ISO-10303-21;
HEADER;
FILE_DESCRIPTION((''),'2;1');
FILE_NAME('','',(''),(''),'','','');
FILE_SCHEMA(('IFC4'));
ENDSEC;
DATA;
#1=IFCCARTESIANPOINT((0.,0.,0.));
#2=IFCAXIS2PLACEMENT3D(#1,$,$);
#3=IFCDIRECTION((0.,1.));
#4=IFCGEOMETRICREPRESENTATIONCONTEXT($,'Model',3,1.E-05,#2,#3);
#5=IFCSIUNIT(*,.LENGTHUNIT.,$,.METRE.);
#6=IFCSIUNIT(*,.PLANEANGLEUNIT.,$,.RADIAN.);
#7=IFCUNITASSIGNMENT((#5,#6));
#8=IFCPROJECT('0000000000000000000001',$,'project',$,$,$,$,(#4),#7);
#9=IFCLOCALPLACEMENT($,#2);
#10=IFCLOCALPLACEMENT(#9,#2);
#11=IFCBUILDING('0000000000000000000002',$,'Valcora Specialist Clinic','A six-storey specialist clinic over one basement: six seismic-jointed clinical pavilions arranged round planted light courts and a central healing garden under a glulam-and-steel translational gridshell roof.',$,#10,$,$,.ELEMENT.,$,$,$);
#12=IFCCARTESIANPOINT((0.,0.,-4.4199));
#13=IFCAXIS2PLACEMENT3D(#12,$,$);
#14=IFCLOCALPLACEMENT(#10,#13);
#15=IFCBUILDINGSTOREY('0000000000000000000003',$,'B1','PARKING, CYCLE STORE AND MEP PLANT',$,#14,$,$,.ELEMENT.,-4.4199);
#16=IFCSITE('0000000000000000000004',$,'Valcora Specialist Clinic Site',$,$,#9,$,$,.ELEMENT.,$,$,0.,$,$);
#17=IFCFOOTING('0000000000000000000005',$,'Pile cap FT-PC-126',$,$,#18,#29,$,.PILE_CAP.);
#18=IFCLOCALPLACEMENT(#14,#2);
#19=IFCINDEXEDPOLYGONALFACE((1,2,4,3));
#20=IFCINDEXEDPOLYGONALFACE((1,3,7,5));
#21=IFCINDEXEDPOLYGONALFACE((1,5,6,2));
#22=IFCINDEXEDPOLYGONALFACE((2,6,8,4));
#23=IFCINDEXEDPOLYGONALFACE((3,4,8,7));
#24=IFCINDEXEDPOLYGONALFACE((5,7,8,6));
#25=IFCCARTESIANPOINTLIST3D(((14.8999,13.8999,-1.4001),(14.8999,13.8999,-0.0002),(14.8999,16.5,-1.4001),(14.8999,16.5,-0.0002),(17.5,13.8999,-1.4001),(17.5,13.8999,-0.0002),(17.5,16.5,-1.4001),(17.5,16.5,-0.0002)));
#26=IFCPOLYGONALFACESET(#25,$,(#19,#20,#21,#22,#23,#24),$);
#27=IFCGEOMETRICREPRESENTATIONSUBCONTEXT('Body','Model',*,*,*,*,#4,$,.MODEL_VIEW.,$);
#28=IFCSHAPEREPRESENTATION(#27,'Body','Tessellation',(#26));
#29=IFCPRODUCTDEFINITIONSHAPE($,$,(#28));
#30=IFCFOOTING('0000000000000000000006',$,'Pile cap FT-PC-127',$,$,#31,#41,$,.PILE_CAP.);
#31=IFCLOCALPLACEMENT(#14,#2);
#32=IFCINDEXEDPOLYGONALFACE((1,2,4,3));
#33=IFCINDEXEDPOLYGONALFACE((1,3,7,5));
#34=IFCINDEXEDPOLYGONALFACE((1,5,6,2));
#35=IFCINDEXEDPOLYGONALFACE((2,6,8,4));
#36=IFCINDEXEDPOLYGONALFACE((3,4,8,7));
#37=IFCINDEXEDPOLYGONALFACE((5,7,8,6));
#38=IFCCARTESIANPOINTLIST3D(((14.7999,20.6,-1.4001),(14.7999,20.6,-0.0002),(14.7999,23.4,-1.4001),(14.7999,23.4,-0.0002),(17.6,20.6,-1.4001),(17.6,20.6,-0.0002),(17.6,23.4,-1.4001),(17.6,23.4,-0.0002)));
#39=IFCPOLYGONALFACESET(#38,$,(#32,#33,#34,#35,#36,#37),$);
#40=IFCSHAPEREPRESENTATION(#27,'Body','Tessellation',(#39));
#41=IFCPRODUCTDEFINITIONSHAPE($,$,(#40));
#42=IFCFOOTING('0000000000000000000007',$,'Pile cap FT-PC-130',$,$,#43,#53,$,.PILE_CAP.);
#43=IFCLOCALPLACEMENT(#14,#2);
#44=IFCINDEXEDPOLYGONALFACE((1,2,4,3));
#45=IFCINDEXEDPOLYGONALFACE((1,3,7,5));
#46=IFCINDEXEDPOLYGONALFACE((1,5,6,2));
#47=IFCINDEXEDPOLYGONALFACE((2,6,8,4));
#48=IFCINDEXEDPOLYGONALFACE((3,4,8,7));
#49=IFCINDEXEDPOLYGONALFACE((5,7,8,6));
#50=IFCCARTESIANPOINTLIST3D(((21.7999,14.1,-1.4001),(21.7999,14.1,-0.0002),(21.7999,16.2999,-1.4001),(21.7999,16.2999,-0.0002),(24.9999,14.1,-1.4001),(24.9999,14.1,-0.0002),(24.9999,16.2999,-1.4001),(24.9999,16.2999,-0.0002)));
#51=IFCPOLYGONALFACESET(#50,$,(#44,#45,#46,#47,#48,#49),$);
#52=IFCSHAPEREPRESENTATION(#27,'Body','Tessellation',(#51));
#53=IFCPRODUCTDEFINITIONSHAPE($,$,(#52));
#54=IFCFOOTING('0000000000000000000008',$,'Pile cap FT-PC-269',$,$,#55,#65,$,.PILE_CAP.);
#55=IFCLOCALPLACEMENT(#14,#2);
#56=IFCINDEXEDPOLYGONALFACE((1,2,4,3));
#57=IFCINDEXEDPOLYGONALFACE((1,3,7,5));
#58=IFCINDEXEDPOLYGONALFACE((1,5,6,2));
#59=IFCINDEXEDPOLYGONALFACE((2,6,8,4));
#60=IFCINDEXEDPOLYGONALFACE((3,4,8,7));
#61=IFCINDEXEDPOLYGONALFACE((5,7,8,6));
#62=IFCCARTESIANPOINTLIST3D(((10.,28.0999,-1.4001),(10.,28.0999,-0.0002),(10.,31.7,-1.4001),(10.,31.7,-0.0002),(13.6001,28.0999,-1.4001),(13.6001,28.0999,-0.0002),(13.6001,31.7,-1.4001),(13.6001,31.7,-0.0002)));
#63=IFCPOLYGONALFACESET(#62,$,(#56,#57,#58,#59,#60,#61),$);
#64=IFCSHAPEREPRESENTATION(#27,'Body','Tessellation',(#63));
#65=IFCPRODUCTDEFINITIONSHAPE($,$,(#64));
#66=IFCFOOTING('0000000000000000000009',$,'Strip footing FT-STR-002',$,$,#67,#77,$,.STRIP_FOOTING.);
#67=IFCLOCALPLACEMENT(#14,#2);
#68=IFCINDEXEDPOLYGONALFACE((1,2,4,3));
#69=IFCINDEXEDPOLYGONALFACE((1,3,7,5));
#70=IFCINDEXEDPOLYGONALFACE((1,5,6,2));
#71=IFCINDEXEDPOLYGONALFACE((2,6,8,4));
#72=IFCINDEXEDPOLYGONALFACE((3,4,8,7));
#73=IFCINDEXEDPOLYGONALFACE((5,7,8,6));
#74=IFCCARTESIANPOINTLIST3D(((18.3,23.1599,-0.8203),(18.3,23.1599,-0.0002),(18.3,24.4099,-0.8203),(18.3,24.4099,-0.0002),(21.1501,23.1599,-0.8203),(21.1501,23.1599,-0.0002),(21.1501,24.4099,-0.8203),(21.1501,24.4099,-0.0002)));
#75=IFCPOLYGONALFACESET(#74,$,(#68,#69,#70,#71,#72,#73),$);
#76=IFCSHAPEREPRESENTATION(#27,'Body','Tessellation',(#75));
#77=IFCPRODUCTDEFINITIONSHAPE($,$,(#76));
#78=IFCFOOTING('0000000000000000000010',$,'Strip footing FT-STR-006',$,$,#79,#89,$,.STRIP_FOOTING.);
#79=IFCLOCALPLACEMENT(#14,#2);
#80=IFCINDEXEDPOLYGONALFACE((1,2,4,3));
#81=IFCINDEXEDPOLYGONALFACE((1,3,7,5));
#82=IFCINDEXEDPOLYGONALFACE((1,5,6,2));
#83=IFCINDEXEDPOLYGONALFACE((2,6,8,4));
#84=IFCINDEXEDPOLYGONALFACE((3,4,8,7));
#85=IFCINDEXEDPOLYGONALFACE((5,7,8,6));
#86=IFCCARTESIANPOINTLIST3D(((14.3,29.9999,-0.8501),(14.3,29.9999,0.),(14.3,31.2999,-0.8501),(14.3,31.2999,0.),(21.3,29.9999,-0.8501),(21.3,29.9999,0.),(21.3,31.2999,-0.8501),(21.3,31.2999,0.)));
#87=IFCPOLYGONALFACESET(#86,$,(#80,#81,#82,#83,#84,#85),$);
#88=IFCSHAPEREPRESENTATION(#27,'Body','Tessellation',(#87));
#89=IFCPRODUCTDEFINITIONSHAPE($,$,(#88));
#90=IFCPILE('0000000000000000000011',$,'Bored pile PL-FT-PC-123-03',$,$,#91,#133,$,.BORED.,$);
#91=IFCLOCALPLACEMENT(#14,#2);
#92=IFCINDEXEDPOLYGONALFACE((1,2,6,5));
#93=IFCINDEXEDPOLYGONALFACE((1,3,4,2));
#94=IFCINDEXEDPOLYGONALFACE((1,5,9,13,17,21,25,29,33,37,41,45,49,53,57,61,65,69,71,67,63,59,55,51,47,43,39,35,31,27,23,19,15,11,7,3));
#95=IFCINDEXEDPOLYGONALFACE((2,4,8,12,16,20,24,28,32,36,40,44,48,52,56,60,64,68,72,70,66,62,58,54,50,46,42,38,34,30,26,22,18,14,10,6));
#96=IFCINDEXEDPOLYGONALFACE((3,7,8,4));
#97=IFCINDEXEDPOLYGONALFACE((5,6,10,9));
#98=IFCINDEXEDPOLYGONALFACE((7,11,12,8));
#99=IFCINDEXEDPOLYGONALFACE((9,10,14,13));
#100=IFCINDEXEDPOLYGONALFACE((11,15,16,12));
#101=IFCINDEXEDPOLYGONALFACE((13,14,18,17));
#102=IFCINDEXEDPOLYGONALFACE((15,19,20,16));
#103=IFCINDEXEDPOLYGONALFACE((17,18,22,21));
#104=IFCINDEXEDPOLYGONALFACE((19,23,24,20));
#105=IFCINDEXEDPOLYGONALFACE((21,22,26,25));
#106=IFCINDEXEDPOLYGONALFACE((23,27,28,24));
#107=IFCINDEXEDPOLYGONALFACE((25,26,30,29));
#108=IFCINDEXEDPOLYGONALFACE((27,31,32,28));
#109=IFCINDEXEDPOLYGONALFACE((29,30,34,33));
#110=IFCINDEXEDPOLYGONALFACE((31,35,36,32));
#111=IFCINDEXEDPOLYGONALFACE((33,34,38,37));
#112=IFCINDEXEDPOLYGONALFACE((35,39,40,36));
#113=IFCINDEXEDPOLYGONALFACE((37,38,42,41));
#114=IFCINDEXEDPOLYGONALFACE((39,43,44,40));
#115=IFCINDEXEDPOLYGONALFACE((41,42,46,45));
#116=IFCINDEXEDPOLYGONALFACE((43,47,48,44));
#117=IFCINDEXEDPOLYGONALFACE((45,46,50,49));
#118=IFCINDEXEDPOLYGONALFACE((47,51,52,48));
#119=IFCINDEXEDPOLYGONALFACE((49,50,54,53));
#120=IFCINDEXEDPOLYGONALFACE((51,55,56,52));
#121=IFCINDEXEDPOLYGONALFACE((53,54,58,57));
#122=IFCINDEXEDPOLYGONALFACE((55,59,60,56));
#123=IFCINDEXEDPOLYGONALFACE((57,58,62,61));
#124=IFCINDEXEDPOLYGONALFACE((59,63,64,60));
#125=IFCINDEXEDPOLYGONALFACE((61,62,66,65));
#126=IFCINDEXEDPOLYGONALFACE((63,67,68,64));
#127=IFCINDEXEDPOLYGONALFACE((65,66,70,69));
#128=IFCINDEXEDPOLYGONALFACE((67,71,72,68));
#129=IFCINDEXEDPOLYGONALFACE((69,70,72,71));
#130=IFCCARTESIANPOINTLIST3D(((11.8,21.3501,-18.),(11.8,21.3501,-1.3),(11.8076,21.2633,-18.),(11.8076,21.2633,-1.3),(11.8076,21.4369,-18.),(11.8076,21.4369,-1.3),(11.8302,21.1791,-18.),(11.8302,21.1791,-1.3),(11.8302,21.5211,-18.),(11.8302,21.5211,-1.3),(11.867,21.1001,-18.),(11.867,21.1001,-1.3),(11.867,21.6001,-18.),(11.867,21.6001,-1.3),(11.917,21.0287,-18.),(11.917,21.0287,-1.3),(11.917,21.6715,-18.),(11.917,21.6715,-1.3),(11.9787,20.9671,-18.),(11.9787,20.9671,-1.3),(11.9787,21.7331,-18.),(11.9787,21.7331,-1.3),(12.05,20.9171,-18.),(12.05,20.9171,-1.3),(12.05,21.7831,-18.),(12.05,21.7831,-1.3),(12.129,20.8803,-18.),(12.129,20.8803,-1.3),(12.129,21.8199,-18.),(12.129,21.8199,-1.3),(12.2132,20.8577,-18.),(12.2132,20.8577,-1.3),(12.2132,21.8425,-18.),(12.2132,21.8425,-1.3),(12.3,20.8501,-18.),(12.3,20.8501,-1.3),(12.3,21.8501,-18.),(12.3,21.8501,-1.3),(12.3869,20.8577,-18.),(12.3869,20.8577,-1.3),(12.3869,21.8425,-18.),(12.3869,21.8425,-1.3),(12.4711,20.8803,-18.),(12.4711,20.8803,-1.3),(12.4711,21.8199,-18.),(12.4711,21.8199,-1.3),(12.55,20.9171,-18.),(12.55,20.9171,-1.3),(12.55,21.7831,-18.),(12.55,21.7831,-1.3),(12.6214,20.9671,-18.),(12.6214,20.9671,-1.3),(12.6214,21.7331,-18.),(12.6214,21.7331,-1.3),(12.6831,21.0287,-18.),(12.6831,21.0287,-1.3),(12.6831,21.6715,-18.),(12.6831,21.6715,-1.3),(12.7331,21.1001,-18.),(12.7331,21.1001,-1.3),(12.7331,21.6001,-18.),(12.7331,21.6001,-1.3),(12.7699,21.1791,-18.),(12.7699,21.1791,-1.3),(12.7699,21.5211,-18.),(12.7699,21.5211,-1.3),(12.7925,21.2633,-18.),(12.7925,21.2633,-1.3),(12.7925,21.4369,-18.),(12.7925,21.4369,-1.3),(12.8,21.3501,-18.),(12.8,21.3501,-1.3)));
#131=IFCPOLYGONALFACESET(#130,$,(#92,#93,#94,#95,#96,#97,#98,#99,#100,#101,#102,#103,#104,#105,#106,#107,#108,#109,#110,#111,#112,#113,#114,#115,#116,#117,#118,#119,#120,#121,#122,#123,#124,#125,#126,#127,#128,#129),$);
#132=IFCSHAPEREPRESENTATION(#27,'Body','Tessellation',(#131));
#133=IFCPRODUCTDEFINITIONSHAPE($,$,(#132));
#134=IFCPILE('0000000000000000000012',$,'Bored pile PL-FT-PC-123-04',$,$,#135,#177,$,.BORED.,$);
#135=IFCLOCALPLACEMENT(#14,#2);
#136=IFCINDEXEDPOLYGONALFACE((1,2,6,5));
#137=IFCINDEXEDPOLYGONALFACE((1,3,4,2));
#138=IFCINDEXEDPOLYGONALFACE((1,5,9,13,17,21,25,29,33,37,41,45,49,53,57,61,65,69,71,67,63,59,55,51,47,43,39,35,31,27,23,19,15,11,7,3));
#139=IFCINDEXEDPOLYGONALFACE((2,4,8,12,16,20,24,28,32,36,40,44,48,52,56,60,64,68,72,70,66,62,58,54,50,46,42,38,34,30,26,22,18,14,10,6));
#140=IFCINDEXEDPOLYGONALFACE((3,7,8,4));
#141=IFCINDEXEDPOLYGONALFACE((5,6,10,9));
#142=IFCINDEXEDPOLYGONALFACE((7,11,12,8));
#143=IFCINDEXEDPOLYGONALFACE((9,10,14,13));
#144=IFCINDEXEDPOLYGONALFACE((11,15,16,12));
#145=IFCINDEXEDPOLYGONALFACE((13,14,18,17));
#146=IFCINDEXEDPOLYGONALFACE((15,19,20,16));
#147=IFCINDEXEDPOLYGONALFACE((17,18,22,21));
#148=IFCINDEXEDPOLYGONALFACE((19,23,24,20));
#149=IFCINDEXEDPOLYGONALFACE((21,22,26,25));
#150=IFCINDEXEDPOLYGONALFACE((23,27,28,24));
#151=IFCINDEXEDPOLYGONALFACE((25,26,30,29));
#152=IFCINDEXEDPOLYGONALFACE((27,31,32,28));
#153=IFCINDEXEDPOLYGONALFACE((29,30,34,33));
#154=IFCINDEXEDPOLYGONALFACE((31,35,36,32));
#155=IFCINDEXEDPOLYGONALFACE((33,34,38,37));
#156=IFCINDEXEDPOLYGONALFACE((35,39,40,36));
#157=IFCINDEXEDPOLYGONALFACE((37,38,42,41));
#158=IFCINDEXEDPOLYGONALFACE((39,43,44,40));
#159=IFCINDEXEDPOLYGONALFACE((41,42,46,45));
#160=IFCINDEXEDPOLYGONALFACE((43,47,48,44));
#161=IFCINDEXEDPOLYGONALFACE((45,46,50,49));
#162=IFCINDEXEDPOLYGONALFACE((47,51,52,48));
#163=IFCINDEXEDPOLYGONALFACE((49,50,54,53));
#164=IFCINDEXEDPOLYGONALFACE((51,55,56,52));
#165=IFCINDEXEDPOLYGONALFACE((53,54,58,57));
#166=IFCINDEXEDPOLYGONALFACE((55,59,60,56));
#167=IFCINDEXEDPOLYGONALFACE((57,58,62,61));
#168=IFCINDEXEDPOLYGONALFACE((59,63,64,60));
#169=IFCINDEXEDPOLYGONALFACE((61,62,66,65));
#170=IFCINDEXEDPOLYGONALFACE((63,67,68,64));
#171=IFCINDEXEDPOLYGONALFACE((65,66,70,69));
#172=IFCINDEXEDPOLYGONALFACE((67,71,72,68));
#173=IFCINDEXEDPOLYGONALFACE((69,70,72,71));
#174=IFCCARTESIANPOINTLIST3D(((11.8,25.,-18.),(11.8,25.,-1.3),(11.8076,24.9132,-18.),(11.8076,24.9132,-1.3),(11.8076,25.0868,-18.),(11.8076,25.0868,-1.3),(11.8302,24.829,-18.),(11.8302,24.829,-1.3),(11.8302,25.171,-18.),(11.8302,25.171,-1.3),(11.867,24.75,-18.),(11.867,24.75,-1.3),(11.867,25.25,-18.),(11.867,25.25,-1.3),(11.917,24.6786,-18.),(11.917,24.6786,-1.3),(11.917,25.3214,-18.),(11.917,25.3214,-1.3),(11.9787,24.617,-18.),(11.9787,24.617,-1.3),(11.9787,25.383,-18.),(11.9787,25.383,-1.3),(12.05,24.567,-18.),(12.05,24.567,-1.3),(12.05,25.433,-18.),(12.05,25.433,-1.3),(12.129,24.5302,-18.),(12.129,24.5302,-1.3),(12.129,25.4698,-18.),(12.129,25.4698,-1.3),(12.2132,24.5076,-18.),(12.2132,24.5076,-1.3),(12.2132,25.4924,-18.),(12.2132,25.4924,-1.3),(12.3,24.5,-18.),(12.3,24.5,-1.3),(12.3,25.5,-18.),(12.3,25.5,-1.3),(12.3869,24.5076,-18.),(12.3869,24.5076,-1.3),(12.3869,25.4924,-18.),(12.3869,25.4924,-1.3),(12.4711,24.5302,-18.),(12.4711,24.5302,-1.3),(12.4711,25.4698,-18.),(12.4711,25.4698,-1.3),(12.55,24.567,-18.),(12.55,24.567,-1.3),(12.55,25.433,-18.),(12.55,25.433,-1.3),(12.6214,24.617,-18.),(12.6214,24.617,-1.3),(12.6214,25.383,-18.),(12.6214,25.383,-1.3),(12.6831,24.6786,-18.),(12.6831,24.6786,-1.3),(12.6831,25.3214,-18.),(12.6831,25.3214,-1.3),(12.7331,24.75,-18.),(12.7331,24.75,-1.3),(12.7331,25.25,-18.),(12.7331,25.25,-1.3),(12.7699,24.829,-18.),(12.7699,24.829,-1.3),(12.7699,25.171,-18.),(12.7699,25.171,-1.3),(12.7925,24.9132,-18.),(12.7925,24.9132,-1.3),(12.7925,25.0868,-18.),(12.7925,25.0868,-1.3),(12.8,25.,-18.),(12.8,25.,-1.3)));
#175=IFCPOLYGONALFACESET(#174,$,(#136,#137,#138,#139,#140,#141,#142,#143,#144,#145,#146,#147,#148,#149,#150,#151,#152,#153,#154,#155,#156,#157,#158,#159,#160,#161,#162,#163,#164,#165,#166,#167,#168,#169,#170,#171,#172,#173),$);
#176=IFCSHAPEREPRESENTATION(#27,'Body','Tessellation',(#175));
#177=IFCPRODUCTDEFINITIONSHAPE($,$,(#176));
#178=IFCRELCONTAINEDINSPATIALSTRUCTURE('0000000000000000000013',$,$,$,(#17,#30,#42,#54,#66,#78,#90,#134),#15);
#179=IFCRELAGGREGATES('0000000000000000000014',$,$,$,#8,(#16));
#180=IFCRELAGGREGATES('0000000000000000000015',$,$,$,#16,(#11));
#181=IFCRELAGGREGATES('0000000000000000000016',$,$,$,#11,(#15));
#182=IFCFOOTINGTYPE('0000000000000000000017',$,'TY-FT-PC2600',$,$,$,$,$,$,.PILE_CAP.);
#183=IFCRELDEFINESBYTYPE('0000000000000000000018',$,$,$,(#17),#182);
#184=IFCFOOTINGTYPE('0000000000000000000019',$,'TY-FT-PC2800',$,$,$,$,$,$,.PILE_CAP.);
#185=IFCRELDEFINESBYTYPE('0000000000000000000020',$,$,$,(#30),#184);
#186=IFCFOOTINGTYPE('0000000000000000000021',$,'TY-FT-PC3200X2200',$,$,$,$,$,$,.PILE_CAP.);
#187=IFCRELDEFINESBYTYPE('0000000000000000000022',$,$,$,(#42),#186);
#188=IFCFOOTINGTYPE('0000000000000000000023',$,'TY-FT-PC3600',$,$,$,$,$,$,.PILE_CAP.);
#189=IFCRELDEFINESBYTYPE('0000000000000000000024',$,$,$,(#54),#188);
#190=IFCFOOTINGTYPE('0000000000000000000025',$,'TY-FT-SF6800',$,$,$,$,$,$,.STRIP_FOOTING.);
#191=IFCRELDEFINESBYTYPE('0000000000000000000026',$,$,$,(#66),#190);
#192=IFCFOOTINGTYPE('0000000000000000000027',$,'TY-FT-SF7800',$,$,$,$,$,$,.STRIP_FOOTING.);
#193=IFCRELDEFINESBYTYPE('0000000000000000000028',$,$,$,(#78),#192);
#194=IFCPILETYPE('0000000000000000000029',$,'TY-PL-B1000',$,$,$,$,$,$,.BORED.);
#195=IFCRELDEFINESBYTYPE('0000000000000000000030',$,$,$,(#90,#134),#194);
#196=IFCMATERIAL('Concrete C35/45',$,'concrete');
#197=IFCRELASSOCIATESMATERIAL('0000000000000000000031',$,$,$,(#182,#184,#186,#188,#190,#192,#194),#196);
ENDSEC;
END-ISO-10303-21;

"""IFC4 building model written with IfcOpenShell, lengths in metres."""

from ifc_helpers import new_model, si_unit, direction, frame, origin, origin_2d, place, context, subcontext, project, spatial, rectangle, circle, extrude, material, material_profile, profile_set, type_object, element, save


model = new_model("IFC4")

# Units and contexts
model_context = context("Model", 3, precision=1e-05, world=origin(), true_north=direction((0.0, 1.0)))
body_context = subcontext(model_context, "Body", "Model", "MODEL_VIEW")
ifc_project = project(units=[si_unit("LENGTHUNIT", "METRE"), si_unit("PLANEANGLEUNIT", "RADIAN")], contexts=[model_context])

# Site, building, storey
site_placement = place(None, origin())
site = spatial("IfcSite", under=ifc_project, at=site_placement, Name="Valcora Specialist Clinic Site", CompositionType="ELEMENT", RefElevation=0.0)
building_placement = place(site_placement, origin())
building = spatial("IfcBuilding", under=site, at=building_placement, Name="Valcora Specialist Clinic", Description="A six-storey specialist clinic over one basement: six seismic-jointed clinical pavilions arranged round planted light courts and a central healing garden under a glulam-and-steel translational gridshell roof.", CompositionType="ELEMENT")
storey_placement = place(building_placement, frame((0.0, 0.0, -4.4199)))
storey = spatial("IfcBuildingStorey", under=building, at=storey_placement, Name="B1", Description="PARKING, CYCLE STORE AND MEP PLANT", CompositionType="ELEMENT", Elevation=-4.4199)

# Footings
ifc_material_1 = material(Name="Concrete C35/45", Category="concrete")
footing_type_1 = type_object("IfcFootingType", Name="TY-FT-PC2600", PredefinedType="PILE_CAP", material=ifc_material_1)
footing_1_placement = place(storey_placement, frame((16.2, 15.2, -1.4001), z_axis=(0.0, 0.0, 1.0), x_axis=(1.0, 0.0, 0.0)))
element("IfcFooting", 1, at=footing_1_placement, inside=storey, type_object=footing_type_1, Name="Pile cap FT-PC-126", PredefinedType="PILE_CAP", context=body_context, shape_type="SweptSolid", body=[
    extrude(rectangle(XDim=2.6001, YDim=2.6001, at=origin_2d()), origin(), (0.0, 0.0, 1.0), 1.3999),
])
footing_type_2 = type_object("IfcFootingType", Name="TY-FT-PC2800", PredefinedType="PILE_CAP", material=ifc_material_1)
footing_2_placement = place(storey_placement, frame((16.2, 22.0, -1.4001), z_axis=(0.0, 0.0, 1.0), x_axis=(1.0, 0.0, 0.0)))
element("IfcFooting", 2, at=footing_2_placement, inside=storey, type_object=footing_type_2, Name="Pile cap FT-PC-127", PredefinedType="PILE_CAP", context=body_context, shape_type="SweptSolid", body=[
    extrude(rectangle(XDim=2.8, YDim=2.8, at=origin_2d()), origin(), (0.0, 0.0, 1.0), 1.3999),
])
footing_type_3 = type_object("IfcFootingType", Name="TY-FT-PC3200X2200", PredefinedType="PILE_CAP", material=ifc_material_1)
footing_3_placement = place(storey_placement, frame((23.3999, 15.2, -1.4001), z_axis=(0.0, 0.0, 1.0), x_axis=(1.0, 0.0, 0.0)))
element("IfcFooting", 3, at=footing_3_placement, inside=storey, type_object=footing_type_3, Name="Pile cap FT-PC-130", PredefinedType="PILE_CAP", context=body_context, shape_type="SweptSolid", body=[
    extrude(rectangle(XDim=3.2, YDim=2.2, at=origin_2d()), origin(), (0.0, 0.0, 1.0), 1.3999),
])
footing_type_4 = type_object("IfcFootingType", Name="TY-FT-PC3600", PredefinedType="PILE_CAP", material=ifc_material_1)
footing_4_placement = place(storey_placement, frame((11.8, 29.8999, -1.4001), z_axis=(0.0, 0.0, 1.0), x_axis=(1.0, 0.0, 0.0)))
element("IfcFooting", 4, at=footing_4_placement, inside=storey, type_object=footing_type_4, Name="Pile cap FT-PC-269", PredefinedType="PILE_CAP", context=body_context, shape_type="SweptSolid", body=[
    extrude(rectangle(XDim=3.6001, YDim=3.6001, at=origin_2d()), origin(), (0.0, 0.0, 1.0), 1.3999),
])
footing_type_5 = type_object("IfcFootingType", Name="TY-FT-SF6800", PredefinedType="STRIP_FOOTING", material=ifc_material_1)
footing_5_placement = place(storey_placement, frame((19.7251, 23.7849, -0.8203), z_axis=(0.0, 0.0, 1.0), x_axis=(1.0, 0.0, 0.0)))
element("IfcFooting", 5, at=footing_5_placement, inside=storey, type_object=footing_type_5, Name="Strip footing FT-STR-002", PredefinedType="STRIP_FOOTING", context=body_context, shape_type="SweptSolid", body=[
    extrude(rectangle(XDim=2.8501, YDim=1.25, at=origin_2d()), origin(), (0.0, 0.0, 1.0), 0.8201),
])
footing_type_6 = type_object("IfcFootingType", Name="TY-FT-SF7800", PredefinedType="STRIP_FOOTING", material=ifc_material_1)
footing_6_placement = place(storey_placement, frame((17.8, 30.6499, -0.8501), z_axis=(0.0, 0.0, 1.0), x_axis=(1.0, 0.0, 0.0)))
element("IfcFooting", 6, at=footing_6_placement, inside=storey, type_object=footing_type_6, Name="Strip footing FT-STR-006", PredefinedType="STRIP_FOOTING", context=body_context, shape_type="SweptSolid", body=[
    extrude(rectangle(XDim=7.0, YDim=1.3, at=origin_2d()), origin(), (0.0, 0.0, 1.0), 0.8501),
])

# Piles
ifc_material_profile_1 = material_profile(ifc_material_1, circle(Radius=0.5, at=origin_2d()), Name="RC-PIL-D1000")
ifc_profile_set_1 = profile_set([ifc_material_profile_1], Name="Concrete C35/45")
pile_type_1 = type_object("IfcPileType", Name="TY-PL-B1000", PredefinedType="BORED", material=ifc_profile_set_1)
for number, where, z_axis, x_axis, name in (
    (7, (12.3, 21.3501, -1.3), (0.0, 0.0, -1.0), (1.0, 0.0, 0.0), "Bored pile PL-FT-PC-123-03"),
    (8, (12.3, 25.0, -1.3), (0.0, 0.0, -1.0), (1.0, 0.0, 0.0), "Bored pile PL-FT-PC-123-04"),
):
    element("IfcPile", number, at=place(storey_placement, frame(where, z_axis=z_axis, x_axis=x_axis)), inside=storey, type_object=pile_type_1, Name=name, PredefinedType="BORED", context=body_context, shape_type="SweptSolid", body=[
        extrude(circle(Radius=0.5, at=origin_2d()), origin(), (0.0, 0.0, 1.0), 16.7),
    ])

save(model, "model.ifc")
